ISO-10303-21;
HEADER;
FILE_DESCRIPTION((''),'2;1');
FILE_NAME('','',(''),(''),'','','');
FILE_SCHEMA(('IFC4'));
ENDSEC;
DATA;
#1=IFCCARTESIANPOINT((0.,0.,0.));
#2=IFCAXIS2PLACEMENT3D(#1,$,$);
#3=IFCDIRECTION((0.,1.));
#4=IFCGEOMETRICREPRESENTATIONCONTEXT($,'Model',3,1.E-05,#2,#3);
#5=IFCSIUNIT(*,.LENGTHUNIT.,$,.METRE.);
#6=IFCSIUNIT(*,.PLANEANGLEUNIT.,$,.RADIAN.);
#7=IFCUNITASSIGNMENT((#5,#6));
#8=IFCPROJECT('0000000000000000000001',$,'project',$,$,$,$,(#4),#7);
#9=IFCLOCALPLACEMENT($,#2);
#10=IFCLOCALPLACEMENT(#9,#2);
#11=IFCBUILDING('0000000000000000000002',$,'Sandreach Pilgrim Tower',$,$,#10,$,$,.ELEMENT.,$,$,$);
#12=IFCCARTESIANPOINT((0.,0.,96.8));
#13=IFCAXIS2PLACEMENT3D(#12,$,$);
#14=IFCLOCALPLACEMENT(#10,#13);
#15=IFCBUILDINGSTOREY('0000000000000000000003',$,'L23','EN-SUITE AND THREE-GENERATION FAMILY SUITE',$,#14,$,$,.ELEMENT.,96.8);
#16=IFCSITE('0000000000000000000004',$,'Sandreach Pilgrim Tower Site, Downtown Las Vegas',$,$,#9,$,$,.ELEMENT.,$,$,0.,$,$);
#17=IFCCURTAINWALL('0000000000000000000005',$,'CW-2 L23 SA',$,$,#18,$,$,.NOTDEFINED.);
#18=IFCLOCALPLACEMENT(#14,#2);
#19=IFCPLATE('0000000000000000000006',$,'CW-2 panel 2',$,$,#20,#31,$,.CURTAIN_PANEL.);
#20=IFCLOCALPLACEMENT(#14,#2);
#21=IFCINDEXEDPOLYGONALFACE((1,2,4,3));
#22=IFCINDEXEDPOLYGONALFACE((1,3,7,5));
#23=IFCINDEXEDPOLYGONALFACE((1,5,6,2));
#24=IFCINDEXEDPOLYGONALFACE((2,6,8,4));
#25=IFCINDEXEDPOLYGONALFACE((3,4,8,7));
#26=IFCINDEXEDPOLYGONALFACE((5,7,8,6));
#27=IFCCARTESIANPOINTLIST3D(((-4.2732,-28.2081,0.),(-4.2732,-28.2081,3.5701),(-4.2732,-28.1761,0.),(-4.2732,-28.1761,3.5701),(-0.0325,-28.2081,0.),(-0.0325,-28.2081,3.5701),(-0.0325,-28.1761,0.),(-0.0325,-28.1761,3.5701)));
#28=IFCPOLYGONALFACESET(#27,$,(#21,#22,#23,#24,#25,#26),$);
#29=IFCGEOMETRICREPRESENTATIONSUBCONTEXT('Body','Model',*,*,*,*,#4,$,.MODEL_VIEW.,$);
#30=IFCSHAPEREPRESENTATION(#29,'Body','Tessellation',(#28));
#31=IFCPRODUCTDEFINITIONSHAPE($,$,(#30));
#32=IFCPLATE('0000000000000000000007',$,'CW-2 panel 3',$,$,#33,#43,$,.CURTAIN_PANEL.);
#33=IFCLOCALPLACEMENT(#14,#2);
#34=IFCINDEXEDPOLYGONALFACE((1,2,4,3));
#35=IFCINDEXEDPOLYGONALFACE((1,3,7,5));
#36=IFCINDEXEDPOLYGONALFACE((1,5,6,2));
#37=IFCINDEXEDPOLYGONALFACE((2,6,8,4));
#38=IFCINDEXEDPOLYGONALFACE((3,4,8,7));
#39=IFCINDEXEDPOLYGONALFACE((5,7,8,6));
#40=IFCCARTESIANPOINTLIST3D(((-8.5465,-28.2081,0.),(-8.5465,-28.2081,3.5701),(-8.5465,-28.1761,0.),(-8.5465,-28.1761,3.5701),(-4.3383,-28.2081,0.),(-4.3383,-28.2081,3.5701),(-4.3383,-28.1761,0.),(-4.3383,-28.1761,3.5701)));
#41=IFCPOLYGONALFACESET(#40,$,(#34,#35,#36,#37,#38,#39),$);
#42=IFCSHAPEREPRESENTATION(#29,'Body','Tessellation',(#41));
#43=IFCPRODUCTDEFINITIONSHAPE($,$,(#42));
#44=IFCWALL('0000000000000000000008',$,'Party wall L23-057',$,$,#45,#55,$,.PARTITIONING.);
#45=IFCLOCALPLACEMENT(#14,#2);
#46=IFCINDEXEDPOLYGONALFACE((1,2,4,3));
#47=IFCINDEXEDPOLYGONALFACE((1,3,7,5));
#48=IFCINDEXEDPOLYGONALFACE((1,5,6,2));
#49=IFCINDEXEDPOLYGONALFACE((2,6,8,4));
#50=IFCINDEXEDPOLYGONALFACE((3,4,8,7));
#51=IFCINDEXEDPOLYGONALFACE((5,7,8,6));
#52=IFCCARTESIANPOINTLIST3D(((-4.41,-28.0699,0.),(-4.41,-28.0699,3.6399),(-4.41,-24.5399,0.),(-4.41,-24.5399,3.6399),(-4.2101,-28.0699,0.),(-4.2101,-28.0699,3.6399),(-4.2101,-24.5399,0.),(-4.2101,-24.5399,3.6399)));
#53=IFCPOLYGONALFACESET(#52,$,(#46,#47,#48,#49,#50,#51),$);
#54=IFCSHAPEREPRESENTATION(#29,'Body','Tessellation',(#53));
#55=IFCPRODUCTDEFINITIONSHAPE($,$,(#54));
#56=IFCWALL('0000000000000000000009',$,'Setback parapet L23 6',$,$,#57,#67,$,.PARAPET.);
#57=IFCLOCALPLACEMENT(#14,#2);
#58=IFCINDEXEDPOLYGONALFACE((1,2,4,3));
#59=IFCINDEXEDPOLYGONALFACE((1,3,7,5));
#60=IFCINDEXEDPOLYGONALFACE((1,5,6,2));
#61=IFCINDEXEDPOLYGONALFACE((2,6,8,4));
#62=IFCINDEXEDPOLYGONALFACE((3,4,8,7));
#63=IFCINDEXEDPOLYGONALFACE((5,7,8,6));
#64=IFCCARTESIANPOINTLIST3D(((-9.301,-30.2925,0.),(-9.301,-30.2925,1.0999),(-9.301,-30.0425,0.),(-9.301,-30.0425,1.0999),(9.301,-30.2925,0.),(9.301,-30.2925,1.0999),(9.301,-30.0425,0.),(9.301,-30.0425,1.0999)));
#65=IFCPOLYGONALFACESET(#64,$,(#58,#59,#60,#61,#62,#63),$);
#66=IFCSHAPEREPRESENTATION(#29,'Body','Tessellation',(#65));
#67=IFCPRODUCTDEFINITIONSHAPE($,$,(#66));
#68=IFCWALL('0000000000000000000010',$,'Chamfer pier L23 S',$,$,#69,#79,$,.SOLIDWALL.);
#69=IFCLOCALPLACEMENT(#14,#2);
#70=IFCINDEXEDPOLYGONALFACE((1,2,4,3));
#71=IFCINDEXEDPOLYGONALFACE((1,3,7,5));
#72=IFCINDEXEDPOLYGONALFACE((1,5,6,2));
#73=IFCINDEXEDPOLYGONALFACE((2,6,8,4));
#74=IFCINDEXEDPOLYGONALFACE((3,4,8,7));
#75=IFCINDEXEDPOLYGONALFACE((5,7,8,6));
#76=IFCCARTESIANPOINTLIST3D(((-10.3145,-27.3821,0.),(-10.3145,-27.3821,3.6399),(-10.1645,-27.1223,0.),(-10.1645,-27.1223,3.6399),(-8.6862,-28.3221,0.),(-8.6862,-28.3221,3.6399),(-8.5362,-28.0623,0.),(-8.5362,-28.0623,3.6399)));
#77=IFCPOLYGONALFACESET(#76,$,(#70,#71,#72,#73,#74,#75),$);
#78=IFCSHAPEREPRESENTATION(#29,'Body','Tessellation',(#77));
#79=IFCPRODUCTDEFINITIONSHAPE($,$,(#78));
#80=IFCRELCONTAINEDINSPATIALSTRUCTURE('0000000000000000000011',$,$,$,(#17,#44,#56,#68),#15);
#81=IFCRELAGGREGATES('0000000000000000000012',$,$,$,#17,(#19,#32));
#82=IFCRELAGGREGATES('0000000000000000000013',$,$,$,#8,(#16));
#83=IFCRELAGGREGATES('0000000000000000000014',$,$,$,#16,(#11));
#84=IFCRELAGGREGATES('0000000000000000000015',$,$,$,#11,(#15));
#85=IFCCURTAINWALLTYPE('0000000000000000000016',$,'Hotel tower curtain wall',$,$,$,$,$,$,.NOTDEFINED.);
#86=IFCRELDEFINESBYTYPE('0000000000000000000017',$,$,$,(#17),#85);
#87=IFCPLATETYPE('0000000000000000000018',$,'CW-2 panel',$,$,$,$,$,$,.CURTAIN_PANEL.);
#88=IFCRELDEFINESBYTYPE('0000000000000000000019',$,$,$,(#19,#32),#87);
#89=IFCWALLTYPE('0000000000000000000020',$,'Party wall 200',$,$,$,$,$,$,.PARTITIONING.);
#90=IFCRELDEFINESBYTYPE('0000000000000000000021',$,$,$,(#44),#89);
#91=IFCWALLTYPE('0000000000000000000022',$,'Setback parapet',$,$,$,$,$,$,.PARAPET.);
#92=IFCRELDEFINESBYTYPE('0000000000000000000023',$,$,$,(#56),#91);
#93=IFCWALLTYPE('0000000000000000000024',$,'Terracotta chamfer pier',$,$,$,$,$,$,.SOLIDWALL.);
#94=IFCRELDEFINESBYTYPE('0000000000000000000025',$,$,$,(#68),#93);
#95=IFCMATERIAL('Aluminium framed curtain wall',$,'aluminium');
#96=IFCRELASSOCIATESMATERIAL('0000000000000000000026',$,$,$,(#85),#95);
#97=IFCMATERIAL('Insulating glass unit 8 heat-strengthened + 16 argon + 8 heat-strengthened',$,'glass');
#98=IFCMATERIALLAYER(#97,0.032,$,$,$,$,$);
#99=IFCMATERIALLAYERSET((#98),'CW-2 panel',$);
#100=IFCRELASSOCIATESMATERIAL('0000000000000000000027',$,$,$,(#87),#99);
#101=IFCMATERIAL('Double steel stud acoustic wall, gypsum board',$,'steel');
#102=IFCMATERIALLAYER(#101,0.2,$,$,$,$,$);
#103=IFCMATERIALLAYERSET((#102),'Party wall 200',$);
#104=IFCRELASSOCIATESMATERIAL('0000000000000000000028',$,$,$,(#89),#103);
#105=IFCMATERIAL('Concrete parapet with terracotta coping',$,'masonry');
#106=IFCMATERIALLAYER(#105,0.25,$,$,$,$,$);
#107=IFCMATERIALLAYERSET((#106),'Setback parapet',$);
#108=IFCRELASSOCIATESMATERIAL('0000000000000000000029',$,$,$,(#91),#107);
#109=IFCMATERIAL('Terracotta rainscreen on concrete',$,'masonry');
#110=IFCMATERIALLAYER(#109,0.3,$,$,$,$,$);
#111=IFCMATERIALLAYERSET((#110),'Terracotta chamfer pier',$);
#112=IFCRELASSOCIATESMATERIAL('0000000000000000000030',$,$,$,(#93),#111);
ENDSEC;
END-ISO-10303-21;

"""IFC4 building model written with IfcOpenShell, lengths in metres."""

from ifc_helpers import new_model, si_unit, direction, frame, frame_2d, origin, origin_2d, place, context, subcontext, project, spatial, rectangle, extrude, material, layer, layer_set, type_object, element, aggregate, save


model = new_model("IFC4")

# Units and contexts
model_context = context("Model", 3, precision=1e-05, world=origin(), true_north=direction((0.0, 1.0)))
body_context = subcontext(model_context, "Body", "Model", "MODEL_VIEW")
ifc_project = project(units=[si_unit("LENGTHUNIT", "METRE"), si_unit("PLANEANGLEUNIT", "RADIAN")], contexts=[model_context])

# Site, building, storey
site_placement = place(None, origin())
site = spatial("IfcSite", under=ifc_project, at=site_placement, Name="Sandreach Pilgrim Tower Site, Downtown Las Vegas", CompositionType="ELEMENT", RefElevation=0.0)
building_placement = place(site_placement, origin())
building = spatial("IfcBuilding", under=site, at=building_placement, Name="Sandreach Pilgrim Tower", CompositionType="ELEMENT")
storey_placement = place(building_placement, frame((0.0, 0.0, 96.8)))
storey = spatial("IfcBuildingStorey", under=building, at=storey_placement, Name="L23", Description="EN-SUITE AND THREE-GENERATION FAMILY SUITE", CompositionType="ELEMENT", Elevation=96.8)

# Curtain wall
ifc_material_1 = material(Name="Aluminium framed curtain wall", Category="aluminium")
curtain_wall_type = type_object("IfcCurtainWallType", Name="Hotel tower curtain wall", PredefinedType="NOTDEFINED", material=ifc_material_1)
curtain_wall_placement = place(storey_placement, origin())
curtain_wall = element("IfcCurtainWall", 1, at=curtain_wall_placement, inside=storey, type_object=curtain_wall_type, Name="CW-2 L23 SA", PredefinedType="NOTDEFINED")

# Plates
ifc_material_2 = material(Name="Insulating glass unit 8 heat-strengthened + 16 argon + 8 heat-strengthened", Category="glass")
ifc_layer_1 = layer(ifc_material_2, 0.032)
ifc_layer_set_1 = layer_set([ifc_layer_1], Name="CW-2 panel")
plate_type = type_object("IfcPlateType", Name="CW-2 panel", PredefinedType="CURTAIN_PANEL", material=ifc_layer_set_1)
plate_1_placement = place(storey_placement, frame((-2.1528, -28.1921, 0.0), z_axis=(0.0, 0.0, 1.0), x_axis=(-1.0, 0.0, 0.0)))
plate_1 = element("IfcPlate", 2, at=plate_1_placement, type_object=plate_type, Name="CW-2 panel 2", PredefinedType="CURTAIN_PANEL", context=body_context, shape_type="SweptSolid", body=[
    extrude(rectangle(XDim=4.2407, YDim=0.032, at=origin_2d()), origin(), (0.0, 0.0, 1.0), 3.5701),
])
plate_2_placement = place(storey_placement, frame((-6.4424, -28.1921, 0.0), z_axis=(0.0, 0.0, 1.0), x_axis=(-1.0, 0.0, 0.0)))
plate_2 = element("IfcPlate", 3, at=plate_2_placement, type_object=plate_type, Name="CW-2 panel 3", PredefinedType="CURTAIN_PANEL", context=body_context, shape_type="SweptSolid", body=[
    extrude(rectangle(XDim=4.2083, YDim=0.032, at=origin_2d()), origin(), (0.0, 0.0, 1.0), 3.5701),
])
aggregate(curtain_wall, [plate_1, plate_2])

# Walls
ifc_material_3 = material(Name="Double steel stud acoustic wall, gypsum board", Category="steel")
ifc_layer_2 = layer(ifc_material_3, 0.2)
ifc_layer_set_2 = layer_set([ifc_layer_2], Name="Party wall 200")
wall_type_1 = type_object("IfcWallType", Name="Party wall 200", PredefinedType="PARTITIONING", material=ifc_layer_set_2)
wall_1_placement = place(storey_placement, frame((-4.3101, -28.0701, 0.0), z_axis=(0.0, 0.0, 1.0), x_axis=(0.0, 1.0, 0.0)))
element("IfcWall", 4, at=wall_1_placement, inside=storey, type_object=wall_type_1, Name="Party wall L23-057", PredefinedType="PARTITIONING", context=body_context, shape_type="SweptSolid", body=[
    extrude(rectangle(XDim=3.53, YDim=0.2, at=frame_2d((1.7651, 0.0))), origin(), (0.0, 0.0, 1.0), 3.6399),
])
ifc_material_4 = material(Name="Concrete parapet with terracotta coping", Category="masonry")
ifc_layer_3 = layer(ifc_material_4, 0.25)
ifc_layer_set_3 = layer_set([ifc_layer_3], Name="Setback parapet")
wall_type_2 = type_object("IfcWallType", Name="Setback parapet", PredefinedType="PARAPET", material=ifc_layer_set_3)
wall_2_placement = place(storey_placement, frame((-9.301, -30.1675, 0.0), z_axis=(0.0, 0.0, 1.0), x_axis=(1.0, 0.0, 0.0)))
element("IfcWall", 5, at=wall_2_placement, inside=storey, type_object=wall_type_2, Name="Setback parapet L23 6", PredefinedType="PARAPET", context=body_context, shape_type="SweptSolid", body=[
    extrude(rectangle(XDim=18.6021, YDim=0.25, at=frame_2d((9.301, 0.0))), origin(), (0.0, 0.0, 1.0), 1.0999),
])
ifc_material_5 = material(Name="Terracotta rainscreen on concrete", Category="masonry")
ifc_layer_4 = layer(ifc_material_5, 0.3)
ifc_layer_set_4 = layer_set([ifc_layer_4], Name="Terracotta chamfer pier")
wall_type_3 = type_object("IfcWallType", Name="Terracotta chamfer pier", PredefinedType="SOLIDWALL", material=ifc_layer_set_4)
wall_3_placement = place(storey_placement, frame((-8.6113, -28.1921, 0.0), z_axis=(0.0, 0.0, 1.0), x_axis=(-0.866045, 0.499966, 0.0)))
element("IfcWall", 6, at=wall_3_placement, inside=storey, type_object=wall_type_3, Name="Chamfer pier L23 S", PredefinedType="SOLIDWALL", context=body_context, shape_type="SweptSolid", body=[
    extrude(rectangle(XDim=1.8801, YDim=0.3, at=frame_2d((0.9399, 0.0))), origin(), (0.0, 0.0, 1.0), 3.6399),
])

save(model, "model.ifc")
